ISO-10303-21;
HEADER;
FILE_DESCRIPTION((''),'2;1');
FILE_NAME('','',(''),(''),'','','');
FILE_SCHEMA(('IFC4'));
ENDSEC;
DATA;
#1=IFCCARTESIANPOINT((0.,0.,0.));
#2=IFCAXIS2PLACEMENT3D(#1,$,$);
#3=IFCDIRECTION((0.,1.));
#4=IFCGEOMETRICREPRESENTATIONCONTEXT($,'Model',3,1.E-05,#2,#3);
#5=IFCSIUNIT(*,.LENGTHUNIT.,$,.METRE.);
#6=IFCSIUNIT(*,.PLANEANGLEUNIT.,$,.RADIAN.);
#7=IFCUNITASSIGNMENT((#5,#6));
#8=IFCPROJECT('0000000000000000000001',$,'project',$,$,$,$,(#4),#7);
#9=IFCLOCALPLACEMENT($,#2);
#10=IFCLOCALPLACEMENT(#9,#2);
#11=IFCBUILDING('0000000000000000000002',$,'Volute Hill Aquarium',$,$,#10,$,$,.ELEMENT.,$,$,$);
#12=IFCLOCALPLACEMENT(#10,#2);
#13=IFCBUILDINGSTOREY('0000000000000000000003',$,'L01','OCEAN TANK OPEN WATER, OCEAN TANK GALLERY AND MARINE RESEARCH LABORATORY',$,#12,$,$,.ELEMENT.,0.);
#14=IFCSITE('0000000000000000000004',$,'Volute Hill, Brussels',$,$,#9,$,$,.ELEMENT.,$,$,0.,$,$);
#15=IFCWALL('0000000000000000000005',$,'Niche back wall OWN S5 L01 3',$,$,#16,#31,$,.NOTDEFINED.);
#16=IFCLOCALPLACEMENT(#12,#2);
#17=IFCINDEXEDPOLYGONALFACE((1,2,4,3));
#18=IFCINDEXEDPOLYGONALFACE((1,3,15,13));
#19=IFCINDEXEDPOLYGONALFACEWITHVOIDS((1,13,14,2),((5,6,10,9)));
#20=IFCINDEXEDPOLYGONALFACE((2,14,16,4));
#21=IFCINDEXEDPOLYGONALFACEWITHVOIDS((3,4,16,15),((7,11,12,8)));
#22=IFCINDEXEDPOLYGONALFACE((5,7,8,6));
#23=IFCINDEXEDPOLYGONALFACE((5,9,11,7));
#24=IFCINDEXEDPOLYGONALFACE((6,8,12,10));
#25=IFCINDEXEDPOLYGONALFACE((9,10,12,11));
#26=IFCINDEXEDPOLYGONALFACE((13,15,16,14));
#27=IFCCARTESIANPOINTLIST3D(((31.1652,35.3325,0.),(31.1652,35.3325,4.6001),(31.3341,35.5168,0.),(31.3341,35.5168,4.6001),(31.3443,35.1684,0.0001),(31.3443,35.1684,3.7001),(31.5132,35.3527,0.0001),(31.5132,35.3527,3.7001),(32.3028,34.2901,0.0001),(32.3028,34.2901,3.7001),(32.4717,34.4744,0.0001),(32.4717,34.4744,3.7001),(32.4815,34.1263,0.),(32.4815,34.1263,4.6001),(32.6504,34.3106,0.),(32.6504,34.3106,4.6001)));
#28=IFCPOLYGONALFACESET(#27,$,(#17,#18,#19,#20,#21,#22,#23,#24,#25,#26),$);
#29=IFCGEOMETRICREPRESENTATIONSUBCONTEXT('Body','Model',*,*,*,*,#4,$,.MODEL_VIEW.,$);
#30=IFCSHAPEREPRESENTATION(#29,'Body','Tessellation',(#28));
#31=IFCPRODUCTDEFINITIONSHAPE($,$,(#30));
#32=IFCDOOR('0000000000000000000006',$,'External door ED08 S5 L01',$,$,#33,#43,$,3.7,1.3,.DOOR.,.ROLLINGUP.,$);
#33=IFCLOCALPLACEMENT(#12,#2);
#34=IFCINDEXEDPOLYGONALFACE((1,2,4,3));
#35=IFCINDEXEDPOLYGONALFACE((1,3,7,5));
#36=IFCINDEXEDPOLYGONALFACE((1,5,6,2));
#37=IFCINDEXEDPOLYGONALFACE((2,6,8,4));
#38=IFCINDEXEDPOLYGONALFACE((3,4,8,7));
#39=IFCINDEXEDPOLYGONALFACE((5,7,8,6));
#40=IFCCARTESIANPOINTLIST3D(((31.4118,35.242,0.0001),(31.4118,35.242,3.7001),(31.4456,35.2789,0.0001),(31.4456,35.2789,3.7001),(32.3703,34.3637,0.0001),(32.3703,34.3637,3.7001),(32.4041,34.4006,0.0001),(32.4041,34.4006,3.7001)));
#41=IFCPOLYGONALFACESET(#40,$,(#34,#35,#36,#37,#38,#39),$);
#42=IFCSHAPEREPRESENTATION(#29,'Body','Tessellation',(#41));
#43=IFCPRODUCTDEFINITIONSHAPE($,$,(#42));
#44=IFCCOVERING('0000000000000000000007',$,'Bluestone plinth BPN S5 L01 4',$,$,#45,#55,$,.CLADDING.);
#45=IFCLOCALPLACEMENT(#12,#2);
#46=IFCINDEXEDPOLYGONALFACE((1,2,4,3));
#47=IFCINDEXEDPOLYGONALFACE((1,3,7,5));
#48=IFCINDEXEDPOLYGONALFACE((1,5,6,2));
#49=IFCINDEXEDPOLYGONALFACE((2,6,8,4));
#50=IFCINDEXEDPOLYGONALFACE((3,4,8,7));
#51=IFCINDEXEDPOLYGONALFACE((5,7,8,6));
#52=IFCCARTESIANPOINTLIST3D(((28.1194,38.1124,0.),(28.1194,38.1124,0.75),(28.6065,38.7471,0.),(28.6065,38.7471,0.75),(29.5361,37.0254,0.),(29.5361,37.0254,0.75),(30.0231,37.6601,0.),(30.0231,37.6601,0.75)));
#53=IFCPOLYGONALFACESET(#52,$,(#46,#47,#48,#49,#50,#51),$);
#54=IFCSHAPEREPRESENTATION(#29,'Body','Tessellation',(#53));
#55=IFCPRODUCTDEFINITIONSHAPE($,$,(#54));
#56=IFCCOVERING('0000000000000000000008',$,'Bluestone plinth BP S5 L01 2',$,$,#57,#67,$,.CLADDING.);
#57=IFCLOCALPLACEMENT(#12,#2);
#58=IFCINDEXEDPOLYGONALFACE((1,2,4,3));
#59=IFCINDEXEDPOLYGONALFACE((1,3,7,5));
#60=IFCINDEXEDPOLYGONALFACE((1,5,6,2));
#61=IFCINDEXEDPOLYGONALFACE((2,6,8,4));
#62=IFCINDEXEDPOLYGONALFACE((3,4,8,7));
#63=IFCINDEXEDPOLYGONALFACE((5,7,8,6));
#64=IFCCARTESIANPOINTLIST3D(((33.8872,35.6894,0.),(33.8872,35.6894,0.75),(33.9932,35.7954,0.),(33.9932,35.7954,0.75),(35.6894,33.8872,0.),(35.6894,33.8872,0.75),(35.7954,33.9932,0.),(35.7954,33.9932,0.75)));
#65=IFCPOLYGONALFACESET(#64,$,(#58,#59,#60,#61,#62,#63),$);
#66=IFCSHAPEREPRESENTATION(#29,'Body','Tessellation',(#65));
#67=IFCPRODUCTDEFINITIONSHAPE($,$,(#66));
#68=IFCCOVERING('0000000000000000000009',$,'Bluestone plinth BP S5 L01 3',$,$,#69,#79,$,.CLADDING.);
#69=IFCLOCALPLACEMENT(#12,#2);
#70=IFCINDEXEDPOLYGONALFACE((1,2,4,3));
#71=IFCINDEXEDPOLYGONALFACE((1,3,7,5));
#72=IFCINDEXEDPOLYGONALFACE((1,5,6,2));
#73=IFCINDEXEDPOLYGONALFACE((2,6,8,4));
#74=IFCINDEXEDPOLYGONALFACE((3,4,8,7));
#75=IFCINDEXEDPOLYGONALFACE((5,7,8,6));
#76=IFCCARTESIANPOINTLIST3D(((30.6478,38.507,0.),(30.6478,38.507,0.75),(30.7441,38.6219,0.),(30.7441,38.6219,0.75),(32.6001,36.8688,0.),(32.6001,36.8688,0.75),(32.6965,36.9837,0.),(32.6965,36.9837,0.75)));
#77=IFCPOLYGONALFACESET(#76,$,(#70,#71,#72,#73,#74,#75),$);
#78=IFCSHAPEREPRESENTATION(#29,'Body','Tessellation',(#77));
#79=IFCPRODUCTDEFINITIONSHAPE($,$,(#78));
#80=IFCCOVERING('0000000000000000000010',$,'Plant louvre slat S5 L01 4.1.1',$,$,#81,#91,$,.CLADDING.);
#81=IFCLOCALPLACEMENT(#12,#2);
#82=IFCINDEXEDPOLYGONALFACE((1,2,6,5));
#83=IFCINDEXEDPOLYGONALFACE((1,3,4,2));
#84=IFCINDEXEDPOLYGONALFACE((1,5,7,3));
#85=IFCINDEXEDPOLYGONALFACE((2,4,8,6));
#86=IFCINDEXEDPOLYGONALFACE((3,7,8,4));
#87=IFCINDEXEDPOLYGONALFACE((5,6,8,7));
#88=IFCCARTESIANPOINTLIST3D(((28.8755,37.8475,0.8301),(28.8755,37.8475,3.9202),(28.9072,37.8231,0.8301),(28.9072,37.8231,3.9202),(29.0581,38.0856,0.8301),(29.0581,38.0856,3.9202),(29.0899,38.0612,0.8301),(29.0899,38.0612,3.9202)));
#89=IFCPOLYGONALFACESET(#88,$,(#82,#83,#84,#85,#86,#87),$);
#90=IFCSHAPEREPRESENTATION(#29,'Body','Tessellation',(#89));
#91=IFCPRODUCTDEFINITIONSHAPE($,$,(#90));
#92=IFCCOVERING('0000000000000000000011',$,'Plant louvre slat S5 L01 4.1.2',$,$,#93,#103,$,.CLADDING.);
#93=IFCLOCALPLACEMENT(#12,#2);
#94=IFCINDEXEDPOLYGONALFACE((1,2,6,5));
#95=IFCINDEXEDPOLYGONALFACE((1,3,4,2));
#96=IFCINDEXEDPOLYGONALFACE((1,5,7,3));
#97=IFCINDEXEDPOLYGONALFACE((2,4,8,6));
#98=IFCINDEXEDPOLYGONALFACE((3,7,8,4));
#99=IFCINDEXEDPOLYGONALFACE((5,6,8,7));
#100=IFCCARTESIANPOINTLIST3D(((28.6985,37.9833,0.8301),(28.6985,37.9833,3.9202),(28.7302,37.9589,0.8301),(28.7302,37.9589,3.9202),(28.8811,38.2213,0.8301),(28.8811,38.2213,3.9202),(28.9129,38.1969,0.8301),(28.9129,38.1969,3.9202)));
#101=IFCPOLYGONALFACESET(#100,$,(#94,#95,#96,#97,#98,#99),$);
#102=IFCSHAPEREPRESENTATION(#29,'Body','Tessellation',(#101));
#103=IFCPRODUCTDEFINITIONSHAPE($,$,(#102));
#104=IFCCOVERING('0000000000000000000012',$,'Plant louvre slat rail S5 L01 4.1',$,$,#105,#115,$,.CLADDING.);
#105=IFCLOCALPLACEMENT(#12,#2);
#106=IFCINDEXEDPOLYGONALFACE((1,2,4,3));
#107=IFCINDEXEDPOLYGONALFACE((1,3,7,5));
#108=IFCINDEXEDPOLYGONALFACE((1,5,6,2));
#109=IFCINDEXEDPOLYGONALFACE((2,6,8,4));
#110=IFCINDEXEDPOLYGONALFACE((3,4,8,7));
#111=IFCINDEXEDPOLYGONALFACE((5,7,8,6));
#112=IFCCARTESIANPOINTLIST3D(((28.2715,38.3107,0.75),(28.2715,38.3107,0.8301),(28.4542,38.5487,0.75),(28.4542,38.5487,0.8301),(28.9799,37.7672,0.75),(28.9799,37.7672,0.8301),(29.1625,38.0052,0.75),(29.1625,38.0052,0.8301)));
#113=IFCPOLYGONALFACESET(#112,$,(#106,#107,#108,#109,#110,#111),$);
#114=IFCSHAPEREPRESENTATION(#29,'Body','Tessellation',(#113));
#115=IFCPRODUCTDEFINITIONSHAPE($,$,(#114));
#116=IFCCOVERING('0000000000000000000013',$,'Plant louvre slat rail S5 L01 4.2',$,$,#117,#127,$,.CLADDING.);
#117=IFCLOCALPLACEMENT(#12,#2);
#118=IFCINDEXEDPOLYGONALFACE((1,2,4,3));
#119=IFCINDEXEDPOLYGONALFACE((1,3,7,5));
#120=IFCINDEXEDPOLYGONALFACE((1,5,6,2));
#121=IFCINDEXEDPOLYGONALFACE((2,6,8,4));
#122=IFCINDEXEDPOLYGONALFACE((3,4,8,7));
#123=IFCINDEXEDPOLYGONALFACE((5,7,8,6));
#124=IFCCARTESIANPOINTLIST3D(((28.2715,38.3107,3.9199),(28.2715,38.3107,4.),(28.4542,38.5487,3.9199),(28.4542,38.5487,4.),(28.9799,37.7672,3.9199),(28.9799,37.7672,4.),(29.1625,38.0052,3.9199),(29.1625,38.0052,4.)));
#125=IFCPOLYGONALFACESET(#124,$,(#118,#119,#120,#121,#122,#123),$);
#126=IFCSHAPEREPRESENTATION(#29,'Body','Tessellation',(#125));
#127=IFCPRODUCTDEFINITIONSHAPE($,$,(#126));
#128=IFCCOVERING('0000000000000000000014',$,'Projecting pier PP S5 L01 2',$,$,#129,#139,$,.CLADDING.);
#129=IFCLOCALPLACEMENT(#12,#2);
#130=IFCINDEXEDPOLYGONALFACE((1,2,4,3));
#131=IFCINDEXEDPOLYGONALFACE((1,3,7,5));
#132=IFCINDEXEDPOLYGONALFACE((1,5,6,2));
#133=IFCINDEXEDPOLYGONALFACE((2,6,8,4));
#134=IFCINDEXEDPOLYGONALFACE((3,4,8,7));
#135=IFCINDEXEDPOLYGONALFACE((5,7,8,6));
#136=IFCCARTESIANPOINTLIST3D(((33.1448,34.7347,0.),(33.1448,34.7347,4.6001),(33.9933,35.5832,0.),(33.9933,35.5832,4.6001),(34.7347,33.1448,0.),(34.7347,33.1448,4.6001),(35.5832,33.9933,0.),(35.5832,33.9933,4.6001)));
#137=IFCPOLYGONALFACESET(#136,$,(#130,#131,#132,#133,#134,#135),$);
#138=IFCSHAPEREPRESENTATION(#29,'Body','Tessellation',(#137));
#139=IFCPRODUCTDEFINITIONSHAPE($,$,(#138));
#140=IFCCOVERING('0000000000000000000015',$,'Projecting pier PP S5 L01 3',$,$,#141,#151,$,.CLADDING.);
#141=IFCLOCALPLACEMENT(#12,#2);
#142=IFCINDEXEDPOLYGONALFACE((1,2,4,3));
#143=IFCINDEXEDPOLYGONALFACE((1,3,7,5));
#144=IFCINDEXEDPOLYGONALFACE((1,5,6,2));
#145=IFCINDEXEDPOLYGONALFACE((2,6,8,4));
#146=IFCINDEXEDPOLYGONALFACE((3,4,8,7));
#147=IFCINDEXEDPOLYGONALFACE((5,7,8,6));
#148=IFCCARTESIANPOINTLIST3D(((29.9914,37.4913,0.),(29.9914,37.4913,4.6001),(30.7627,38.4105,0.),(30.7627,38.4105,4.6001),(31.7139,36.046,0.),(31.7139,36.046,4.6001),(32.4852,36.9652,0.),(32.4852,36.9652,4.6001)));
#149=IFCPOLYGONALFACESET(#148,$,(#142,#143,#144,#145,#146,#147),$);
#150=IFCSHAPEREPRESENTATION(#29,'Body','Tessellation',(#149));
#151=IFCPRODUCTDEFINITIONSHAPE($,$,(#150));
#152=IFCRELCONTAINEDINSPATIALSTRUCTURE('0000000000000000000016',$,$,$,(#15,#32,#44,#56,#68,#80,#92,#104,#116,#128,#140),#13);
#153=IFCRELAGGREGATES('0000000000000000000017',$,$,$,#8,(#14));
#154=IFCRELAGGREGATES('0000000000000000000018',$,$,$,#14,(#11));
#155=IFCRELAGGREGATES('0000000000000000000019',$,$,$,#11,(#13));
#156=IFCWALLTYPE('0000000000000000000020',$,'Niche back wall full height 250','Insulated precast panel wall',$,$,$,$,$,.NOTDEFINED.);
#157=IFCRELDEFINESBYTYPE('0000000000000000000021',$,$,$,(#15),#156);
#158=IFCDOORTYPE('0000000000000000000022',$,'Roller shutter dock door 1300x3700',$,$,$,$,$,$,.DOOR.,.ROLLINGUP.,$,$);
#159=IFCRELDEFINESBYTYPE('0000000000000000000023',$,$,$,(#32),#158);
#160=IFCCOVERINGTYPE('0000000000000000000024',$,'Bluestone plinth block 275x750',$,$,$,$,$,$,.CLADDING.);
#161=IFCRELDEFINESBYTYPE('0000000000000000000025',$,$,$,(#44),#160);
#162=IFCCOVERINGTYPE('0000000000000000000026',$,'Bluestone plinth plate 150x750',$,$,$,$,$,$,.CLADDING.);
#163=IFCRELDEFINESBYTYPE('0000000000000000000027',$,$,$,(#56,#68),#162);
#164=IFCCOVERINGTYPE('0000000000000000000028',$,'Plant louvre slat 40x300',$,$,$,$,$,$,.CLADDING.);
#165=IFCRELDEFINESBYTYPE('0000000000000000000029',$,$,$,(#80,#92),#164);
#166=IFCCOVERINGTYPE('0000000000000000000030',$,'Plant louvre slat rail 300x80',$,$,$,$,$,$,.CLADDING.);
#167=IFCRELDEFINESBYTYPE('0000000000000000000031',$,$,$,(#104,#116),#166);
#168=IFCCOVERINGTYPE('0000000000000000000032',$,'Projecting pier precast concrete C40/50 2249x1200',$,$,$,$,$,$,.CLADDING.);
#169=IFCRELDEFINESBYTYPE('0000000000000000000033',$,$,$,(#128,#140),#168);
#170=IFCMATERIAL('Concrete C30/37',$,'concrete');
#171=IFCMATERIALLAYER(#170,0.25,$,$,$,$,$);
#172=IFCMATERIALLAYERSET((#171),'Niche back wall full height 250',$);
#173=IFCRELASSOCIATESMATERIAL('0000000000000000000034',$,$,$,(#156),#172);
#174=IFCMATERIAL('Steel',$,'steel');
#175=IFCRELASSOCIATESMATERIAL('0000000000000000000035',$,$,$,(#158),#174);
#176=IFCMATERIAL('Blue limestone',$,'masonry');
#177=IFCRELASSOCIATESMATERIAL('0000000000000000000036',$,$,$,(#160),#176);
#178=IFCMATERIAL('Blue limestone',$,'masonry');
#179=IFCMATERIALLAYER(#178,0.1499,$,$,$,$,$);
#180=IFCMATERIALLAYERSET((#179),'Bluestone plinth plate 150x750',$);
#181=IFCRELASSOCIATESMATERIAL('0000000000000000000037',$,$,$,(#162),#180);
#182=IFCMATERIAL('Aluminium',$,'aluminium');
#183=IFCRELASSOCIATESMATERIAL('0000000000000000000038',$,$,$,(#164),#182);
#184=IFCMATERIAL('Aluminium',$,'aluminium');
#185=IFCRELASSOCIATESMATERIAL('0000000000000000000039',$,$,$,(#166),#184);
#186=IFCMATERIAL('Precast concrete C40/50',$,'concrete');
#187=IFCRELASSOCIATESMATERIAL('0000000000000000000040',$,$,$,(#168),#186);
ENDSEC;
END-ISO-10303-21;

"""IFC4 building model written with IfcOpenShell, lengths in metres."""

from ifc_helpers import new_model, si_unit, direction, frame, frame_2d, origin, origin_2d, place, context, subcontext, project, spatial, rectangle, extrude, material, layer, layer_set, type_object, element, fill, save


model = new_model("IFC4")

# Units and contexts
model_context = context("Model", 3, precision=1e-05, world=origin(), true_north=direction((0.0, 1.0)))
body_context = subcontext(model_context, "Body", "Model", "MODEL_VIEW")
ifc_project = project(units=[si_unit("LENGTHUNIT", "METRE"), si_unit("PLANEANGLEUNIT", "RADIAN")], contexts=[model_context])

# Site, building, storey
site_placement = place(None, origin())
site = spatial("IfcSite", under=ifc_project, at=site_placement, Name="Volute Hill, Brussels", CompositionType="ELEMENT", RefElevation=0.0)
building_placement = place(site_placement, origin())
building = spatial("IfcBuilding", under=site, at=building_placement, Name="Volute Hill Aquarium", CompositionType="ELEMENT")
storey_placement = place(building_placement, origin())
storey = spatial("IfcBuildingStorey", under=building, at=storey_placement, Name="L01", Description="OCEAN TANK OPEN WATER, OCEAN TANK GALLERY AND MARINE RESEARCH LABORATORY", CompositionType="ELEMENT", Elevation=0.0)

# Wall, opening, door
ifc_material_1 = material(Name="Concrete C30/37", Category="concrete")
ifc_layer_1 = layer(ifc_material_1, 0.25)
ifc_layer_set_1 = layer_set([ifc_layer_1], Name="Niche back wall full height 250")
wall_type = type_object("IfcWallType", Name="Niche back wall full height 250", Description="Insulated precast panel wall", PredefinedType="NOTDEFINED", material=ifc_layer_set_1)
wall_placement = place(storey_placement, frame((31.2498, 35.4246, 0.0), z_axis=(0.0, 0.0, 1.0), x_axis=(0.737268, -0.675601, 0.0)))
wall = element("IfcWall", 1, at=wall_placement, inside=storey, type_object=wall_type, Name="Niche back wall OWN S5 L01 3", PredefinedType="NOTDEFINED", context=body_context, shape_type="SweptSolid", body=[
    extrude(rectangle(XDim=1.7854, YDim=0.25, at=frame_2d((0.8926, 0.0))), origin(), (0.0, 0.0, 1.0), 4.6001),
])
opening_placement = place(wall_placement, frame((0.2429, 0.0, 0.0)))
opening = element("IfcOpeningElement", 2, at=opening_placement, cuts=wall, PredefinedType="OPENING", context=body_context, shape_type="SweptSolid", body=[
    extrude(rectangle(XDim=1.3, YDim=3.7, at=frame_2d((0.6499, 1.8501))), frame((0.0, 0.135, 0.0), z_axis=(0.0, -1.0, 0.0), x_axis=(1.0, 0.0, 0.0)), (0.0, 0.0, 1.0), 0.27),
])
ifc_material_2 = material(Name="Steel", Category="steel")
door_type = type_object("IfcDoorType", Name="Roller shutter dock door 1300x3700", OperationType="ROLLINGUP", PredefinedType="DOOR", material=ifc_material_2)
door_placement = place(opening_placement, origin())
door = element("IfcDoor", 3, at=door_placement, inside=storey, type_object=door_type, Name="External door ED08 S5 L01", OperationType="ROLLINGUP", OverallHeight=3.7, OverallWidth=1.3, PredefinedType="DOOR", context=body_context, shape_type="SweptSolid", body=[
    extrude(rectangle(XDim=1.3, YDim=3.7, at=frame_2d((0.6499, 1.8501))), frame((0.0, 0.0249, 0.0), z_axis=(0.0, -1.0, 0.0), x_axis=(1.0, 0.0, 0.0)), (0.0, 0.0, 1.0), 0.05),
])
fill(opening, door)

# Coverings
ifc_material_3 = material(Name="Blue limestone", Category="masonry")
covering_type_1 = type_object("IfcCoveringType", Name="Bluestone plinth block 275x750", PredefinedType="CLADDING", material=ifc_material_3)
covering_placement = place(storey_placement, frame((29.0713, 37.8862, 0.0), z_axis=(0.0, 0.0, 1.0), x_axis=(-0.79336, 0.608753, 0.0)))
element("IfcCovering", 4, at=covering_placement, inside=storey, type_object=covering_type_1, Name="Bluestone plinth BPN S5 L01 4", PredefinedType="CLADDING", context=body_context, shape_type="SweptSolid", body=[
    extrude(rectangle(XDim=1.7856, YDim=0.8, at=origin_2d()), origin(), (0.0, 0.0, 1.0), 0.75),
])
ifc_material_4 = material(Name="Blue limestone", Category="masonry")
ifc_layer_2 = layer(ifc_material_4, 0.1499)
ifc_layer_set_2 = layer_set([ifc_layer_2], Name="Bluestone plinth plate 150x750")
covering_type_2 = type_object("IfcCoveringType", Name="Bluestone plinth plate 150x750", PredefinedType="CLADDING", material=ifc_layer_set_2)
for number, where, z_axis, x_axis, name in (
    (5, (34.8413, 34.8413, 0.0), (0.0, 0.0, 1.0), (-0.707107, 0.707107, 0.0), "Bluestone plinth BP S5 L01 2"),
    (6, (31.6721, 37.7454, 0.0), (0.0, 0.0, 1.0), (-0.766044, 0.642788, 0.0), "Bluestone plinth BP S5 L01 3"),
):
    element("IfcCovering", number, at=place(storey_placement, frame(where, z_axis=z_axis, x_axis=x_axis)), inside=storey, type_object=covering_type_2, Name=name, PredefinedType="CLADDING", context=body_context, shape_type="SweptSolid", body=[
        extrude(rectangle(XDim=2.5486, YDim=0.1499, at=origin_2d()), origin(), (0.0, 0.0, 1.0), 0.75),
    ])
ifc_material_5 = material(Name="Aluminium", Category="aluminium")
covering_type_3 = type_object("IfcCoveringType", Name="Plant louvre slat 40x300", PredefinedType="CLADDING", material=ifc_material_5)
for number, where, z_axis, x_axis, name in (
    (7, (28.9827, 37.9543, 0.8301), (0.0, 0.0, 1.0), (-0.79336, 0.608753, 0.0), "Plant louvre slat S5 L01 4.1.1"),
    (8, (28.8057, 38.0901, 0.8301), (0.0, 0.0, 1.0), (-0.79336, 0.608753, 0.0), "Plant louvre slat S5 L01 4.1.2"),
):
    element("IfcCovering", number, at=place(storey_placement, frame(where, z_axis=z_axis, x_axis=x_axis)), inside=storey, type_object=covering_type_3, Name=name, PredefinedType="CLADDING", context=body_context, shape_type="SweptSolid", body=[
        extrude(rectangle(XDim=0.04, YDim=0.3, at=origin_2d()), origin(), (0.0, 0.0, 1.0), 3.0901),
    ])
ifc_material_6 = material(Name="Aluminium", Category="aluminium")
covering_type_4 = type_object("IfcCoveringType", Name="Plant louvre slat rail 300x80", PredefinedType="CLADDING", material=ifc_material_6)
for number, where, z_axis, x_axis, name in (
    (9, (28.717, 38.158, 0.75), (0.0, 0.0, 1.0), (-0.79336, 0.608753, 0.0), "Plant louvre slat rail S5 L01 4.1"),
    (10, (28.717, 38.158, 3.9199), (0.0, 0.0, 1.0), (-0.79336, 0.608753, 0.0), "Plant louvre slat rail S5 L01 4.2"),
):
    element("IfcCovering", number, at=place(storey_placement, frame(where, z_axis=z_axis, x_axis=x_axis)), inside=storey, type_object=covering_type_4, Name=name, PredefinedType="CLADDING", context=body_context, shape_type="SweptSolid", body=[
        extrude(rectangle(XDim=0.8928, YDim=0.3, at=origin_2d()), origin(), (0.0, 0.0, 1.0), 0.0801),
    ])
ifc_material_7 = material(Name="Precast concrete C40/50", Category="concrete")
covering_type_5 = type_object("IfcCoveringType", Name="Projecting pier precast concrete C40/50 2249x1200", PredefinedType="CLADDING", material=ifc_material_7)
for number, where, z_axis, x_axis, name in (
    (11, (34.364, 34.364, 0.0), (0.0, 0.0, 1.0), (-0.707107, 0.707107, 0.0), "Projecting pier PP S5 L01 2"),
    (12, (31.2383, 37.2283, 0.0), (0.0, 0.0, 1.0), (-0.766044, 0.642788, 0.0), "Projecting pier PP S5 L01 3"),
):
    element("IfcCovering", number, at=place(storey_placement, frame(where, z_axis=z_axis, x_axis=x_axis)), inside=storey, type_object=covering_type_5, Name=name, PredefinedType="CLADDING", context=body_context, shape_type="SweptSolid", body=[
        extrude(rectangle(XDim=2.2485, YDim=1.2, at=origin_2d()), origin(), (0.0, 0.0, 1.0), 4.6001),
    ])

save(model, "model.ifc")
